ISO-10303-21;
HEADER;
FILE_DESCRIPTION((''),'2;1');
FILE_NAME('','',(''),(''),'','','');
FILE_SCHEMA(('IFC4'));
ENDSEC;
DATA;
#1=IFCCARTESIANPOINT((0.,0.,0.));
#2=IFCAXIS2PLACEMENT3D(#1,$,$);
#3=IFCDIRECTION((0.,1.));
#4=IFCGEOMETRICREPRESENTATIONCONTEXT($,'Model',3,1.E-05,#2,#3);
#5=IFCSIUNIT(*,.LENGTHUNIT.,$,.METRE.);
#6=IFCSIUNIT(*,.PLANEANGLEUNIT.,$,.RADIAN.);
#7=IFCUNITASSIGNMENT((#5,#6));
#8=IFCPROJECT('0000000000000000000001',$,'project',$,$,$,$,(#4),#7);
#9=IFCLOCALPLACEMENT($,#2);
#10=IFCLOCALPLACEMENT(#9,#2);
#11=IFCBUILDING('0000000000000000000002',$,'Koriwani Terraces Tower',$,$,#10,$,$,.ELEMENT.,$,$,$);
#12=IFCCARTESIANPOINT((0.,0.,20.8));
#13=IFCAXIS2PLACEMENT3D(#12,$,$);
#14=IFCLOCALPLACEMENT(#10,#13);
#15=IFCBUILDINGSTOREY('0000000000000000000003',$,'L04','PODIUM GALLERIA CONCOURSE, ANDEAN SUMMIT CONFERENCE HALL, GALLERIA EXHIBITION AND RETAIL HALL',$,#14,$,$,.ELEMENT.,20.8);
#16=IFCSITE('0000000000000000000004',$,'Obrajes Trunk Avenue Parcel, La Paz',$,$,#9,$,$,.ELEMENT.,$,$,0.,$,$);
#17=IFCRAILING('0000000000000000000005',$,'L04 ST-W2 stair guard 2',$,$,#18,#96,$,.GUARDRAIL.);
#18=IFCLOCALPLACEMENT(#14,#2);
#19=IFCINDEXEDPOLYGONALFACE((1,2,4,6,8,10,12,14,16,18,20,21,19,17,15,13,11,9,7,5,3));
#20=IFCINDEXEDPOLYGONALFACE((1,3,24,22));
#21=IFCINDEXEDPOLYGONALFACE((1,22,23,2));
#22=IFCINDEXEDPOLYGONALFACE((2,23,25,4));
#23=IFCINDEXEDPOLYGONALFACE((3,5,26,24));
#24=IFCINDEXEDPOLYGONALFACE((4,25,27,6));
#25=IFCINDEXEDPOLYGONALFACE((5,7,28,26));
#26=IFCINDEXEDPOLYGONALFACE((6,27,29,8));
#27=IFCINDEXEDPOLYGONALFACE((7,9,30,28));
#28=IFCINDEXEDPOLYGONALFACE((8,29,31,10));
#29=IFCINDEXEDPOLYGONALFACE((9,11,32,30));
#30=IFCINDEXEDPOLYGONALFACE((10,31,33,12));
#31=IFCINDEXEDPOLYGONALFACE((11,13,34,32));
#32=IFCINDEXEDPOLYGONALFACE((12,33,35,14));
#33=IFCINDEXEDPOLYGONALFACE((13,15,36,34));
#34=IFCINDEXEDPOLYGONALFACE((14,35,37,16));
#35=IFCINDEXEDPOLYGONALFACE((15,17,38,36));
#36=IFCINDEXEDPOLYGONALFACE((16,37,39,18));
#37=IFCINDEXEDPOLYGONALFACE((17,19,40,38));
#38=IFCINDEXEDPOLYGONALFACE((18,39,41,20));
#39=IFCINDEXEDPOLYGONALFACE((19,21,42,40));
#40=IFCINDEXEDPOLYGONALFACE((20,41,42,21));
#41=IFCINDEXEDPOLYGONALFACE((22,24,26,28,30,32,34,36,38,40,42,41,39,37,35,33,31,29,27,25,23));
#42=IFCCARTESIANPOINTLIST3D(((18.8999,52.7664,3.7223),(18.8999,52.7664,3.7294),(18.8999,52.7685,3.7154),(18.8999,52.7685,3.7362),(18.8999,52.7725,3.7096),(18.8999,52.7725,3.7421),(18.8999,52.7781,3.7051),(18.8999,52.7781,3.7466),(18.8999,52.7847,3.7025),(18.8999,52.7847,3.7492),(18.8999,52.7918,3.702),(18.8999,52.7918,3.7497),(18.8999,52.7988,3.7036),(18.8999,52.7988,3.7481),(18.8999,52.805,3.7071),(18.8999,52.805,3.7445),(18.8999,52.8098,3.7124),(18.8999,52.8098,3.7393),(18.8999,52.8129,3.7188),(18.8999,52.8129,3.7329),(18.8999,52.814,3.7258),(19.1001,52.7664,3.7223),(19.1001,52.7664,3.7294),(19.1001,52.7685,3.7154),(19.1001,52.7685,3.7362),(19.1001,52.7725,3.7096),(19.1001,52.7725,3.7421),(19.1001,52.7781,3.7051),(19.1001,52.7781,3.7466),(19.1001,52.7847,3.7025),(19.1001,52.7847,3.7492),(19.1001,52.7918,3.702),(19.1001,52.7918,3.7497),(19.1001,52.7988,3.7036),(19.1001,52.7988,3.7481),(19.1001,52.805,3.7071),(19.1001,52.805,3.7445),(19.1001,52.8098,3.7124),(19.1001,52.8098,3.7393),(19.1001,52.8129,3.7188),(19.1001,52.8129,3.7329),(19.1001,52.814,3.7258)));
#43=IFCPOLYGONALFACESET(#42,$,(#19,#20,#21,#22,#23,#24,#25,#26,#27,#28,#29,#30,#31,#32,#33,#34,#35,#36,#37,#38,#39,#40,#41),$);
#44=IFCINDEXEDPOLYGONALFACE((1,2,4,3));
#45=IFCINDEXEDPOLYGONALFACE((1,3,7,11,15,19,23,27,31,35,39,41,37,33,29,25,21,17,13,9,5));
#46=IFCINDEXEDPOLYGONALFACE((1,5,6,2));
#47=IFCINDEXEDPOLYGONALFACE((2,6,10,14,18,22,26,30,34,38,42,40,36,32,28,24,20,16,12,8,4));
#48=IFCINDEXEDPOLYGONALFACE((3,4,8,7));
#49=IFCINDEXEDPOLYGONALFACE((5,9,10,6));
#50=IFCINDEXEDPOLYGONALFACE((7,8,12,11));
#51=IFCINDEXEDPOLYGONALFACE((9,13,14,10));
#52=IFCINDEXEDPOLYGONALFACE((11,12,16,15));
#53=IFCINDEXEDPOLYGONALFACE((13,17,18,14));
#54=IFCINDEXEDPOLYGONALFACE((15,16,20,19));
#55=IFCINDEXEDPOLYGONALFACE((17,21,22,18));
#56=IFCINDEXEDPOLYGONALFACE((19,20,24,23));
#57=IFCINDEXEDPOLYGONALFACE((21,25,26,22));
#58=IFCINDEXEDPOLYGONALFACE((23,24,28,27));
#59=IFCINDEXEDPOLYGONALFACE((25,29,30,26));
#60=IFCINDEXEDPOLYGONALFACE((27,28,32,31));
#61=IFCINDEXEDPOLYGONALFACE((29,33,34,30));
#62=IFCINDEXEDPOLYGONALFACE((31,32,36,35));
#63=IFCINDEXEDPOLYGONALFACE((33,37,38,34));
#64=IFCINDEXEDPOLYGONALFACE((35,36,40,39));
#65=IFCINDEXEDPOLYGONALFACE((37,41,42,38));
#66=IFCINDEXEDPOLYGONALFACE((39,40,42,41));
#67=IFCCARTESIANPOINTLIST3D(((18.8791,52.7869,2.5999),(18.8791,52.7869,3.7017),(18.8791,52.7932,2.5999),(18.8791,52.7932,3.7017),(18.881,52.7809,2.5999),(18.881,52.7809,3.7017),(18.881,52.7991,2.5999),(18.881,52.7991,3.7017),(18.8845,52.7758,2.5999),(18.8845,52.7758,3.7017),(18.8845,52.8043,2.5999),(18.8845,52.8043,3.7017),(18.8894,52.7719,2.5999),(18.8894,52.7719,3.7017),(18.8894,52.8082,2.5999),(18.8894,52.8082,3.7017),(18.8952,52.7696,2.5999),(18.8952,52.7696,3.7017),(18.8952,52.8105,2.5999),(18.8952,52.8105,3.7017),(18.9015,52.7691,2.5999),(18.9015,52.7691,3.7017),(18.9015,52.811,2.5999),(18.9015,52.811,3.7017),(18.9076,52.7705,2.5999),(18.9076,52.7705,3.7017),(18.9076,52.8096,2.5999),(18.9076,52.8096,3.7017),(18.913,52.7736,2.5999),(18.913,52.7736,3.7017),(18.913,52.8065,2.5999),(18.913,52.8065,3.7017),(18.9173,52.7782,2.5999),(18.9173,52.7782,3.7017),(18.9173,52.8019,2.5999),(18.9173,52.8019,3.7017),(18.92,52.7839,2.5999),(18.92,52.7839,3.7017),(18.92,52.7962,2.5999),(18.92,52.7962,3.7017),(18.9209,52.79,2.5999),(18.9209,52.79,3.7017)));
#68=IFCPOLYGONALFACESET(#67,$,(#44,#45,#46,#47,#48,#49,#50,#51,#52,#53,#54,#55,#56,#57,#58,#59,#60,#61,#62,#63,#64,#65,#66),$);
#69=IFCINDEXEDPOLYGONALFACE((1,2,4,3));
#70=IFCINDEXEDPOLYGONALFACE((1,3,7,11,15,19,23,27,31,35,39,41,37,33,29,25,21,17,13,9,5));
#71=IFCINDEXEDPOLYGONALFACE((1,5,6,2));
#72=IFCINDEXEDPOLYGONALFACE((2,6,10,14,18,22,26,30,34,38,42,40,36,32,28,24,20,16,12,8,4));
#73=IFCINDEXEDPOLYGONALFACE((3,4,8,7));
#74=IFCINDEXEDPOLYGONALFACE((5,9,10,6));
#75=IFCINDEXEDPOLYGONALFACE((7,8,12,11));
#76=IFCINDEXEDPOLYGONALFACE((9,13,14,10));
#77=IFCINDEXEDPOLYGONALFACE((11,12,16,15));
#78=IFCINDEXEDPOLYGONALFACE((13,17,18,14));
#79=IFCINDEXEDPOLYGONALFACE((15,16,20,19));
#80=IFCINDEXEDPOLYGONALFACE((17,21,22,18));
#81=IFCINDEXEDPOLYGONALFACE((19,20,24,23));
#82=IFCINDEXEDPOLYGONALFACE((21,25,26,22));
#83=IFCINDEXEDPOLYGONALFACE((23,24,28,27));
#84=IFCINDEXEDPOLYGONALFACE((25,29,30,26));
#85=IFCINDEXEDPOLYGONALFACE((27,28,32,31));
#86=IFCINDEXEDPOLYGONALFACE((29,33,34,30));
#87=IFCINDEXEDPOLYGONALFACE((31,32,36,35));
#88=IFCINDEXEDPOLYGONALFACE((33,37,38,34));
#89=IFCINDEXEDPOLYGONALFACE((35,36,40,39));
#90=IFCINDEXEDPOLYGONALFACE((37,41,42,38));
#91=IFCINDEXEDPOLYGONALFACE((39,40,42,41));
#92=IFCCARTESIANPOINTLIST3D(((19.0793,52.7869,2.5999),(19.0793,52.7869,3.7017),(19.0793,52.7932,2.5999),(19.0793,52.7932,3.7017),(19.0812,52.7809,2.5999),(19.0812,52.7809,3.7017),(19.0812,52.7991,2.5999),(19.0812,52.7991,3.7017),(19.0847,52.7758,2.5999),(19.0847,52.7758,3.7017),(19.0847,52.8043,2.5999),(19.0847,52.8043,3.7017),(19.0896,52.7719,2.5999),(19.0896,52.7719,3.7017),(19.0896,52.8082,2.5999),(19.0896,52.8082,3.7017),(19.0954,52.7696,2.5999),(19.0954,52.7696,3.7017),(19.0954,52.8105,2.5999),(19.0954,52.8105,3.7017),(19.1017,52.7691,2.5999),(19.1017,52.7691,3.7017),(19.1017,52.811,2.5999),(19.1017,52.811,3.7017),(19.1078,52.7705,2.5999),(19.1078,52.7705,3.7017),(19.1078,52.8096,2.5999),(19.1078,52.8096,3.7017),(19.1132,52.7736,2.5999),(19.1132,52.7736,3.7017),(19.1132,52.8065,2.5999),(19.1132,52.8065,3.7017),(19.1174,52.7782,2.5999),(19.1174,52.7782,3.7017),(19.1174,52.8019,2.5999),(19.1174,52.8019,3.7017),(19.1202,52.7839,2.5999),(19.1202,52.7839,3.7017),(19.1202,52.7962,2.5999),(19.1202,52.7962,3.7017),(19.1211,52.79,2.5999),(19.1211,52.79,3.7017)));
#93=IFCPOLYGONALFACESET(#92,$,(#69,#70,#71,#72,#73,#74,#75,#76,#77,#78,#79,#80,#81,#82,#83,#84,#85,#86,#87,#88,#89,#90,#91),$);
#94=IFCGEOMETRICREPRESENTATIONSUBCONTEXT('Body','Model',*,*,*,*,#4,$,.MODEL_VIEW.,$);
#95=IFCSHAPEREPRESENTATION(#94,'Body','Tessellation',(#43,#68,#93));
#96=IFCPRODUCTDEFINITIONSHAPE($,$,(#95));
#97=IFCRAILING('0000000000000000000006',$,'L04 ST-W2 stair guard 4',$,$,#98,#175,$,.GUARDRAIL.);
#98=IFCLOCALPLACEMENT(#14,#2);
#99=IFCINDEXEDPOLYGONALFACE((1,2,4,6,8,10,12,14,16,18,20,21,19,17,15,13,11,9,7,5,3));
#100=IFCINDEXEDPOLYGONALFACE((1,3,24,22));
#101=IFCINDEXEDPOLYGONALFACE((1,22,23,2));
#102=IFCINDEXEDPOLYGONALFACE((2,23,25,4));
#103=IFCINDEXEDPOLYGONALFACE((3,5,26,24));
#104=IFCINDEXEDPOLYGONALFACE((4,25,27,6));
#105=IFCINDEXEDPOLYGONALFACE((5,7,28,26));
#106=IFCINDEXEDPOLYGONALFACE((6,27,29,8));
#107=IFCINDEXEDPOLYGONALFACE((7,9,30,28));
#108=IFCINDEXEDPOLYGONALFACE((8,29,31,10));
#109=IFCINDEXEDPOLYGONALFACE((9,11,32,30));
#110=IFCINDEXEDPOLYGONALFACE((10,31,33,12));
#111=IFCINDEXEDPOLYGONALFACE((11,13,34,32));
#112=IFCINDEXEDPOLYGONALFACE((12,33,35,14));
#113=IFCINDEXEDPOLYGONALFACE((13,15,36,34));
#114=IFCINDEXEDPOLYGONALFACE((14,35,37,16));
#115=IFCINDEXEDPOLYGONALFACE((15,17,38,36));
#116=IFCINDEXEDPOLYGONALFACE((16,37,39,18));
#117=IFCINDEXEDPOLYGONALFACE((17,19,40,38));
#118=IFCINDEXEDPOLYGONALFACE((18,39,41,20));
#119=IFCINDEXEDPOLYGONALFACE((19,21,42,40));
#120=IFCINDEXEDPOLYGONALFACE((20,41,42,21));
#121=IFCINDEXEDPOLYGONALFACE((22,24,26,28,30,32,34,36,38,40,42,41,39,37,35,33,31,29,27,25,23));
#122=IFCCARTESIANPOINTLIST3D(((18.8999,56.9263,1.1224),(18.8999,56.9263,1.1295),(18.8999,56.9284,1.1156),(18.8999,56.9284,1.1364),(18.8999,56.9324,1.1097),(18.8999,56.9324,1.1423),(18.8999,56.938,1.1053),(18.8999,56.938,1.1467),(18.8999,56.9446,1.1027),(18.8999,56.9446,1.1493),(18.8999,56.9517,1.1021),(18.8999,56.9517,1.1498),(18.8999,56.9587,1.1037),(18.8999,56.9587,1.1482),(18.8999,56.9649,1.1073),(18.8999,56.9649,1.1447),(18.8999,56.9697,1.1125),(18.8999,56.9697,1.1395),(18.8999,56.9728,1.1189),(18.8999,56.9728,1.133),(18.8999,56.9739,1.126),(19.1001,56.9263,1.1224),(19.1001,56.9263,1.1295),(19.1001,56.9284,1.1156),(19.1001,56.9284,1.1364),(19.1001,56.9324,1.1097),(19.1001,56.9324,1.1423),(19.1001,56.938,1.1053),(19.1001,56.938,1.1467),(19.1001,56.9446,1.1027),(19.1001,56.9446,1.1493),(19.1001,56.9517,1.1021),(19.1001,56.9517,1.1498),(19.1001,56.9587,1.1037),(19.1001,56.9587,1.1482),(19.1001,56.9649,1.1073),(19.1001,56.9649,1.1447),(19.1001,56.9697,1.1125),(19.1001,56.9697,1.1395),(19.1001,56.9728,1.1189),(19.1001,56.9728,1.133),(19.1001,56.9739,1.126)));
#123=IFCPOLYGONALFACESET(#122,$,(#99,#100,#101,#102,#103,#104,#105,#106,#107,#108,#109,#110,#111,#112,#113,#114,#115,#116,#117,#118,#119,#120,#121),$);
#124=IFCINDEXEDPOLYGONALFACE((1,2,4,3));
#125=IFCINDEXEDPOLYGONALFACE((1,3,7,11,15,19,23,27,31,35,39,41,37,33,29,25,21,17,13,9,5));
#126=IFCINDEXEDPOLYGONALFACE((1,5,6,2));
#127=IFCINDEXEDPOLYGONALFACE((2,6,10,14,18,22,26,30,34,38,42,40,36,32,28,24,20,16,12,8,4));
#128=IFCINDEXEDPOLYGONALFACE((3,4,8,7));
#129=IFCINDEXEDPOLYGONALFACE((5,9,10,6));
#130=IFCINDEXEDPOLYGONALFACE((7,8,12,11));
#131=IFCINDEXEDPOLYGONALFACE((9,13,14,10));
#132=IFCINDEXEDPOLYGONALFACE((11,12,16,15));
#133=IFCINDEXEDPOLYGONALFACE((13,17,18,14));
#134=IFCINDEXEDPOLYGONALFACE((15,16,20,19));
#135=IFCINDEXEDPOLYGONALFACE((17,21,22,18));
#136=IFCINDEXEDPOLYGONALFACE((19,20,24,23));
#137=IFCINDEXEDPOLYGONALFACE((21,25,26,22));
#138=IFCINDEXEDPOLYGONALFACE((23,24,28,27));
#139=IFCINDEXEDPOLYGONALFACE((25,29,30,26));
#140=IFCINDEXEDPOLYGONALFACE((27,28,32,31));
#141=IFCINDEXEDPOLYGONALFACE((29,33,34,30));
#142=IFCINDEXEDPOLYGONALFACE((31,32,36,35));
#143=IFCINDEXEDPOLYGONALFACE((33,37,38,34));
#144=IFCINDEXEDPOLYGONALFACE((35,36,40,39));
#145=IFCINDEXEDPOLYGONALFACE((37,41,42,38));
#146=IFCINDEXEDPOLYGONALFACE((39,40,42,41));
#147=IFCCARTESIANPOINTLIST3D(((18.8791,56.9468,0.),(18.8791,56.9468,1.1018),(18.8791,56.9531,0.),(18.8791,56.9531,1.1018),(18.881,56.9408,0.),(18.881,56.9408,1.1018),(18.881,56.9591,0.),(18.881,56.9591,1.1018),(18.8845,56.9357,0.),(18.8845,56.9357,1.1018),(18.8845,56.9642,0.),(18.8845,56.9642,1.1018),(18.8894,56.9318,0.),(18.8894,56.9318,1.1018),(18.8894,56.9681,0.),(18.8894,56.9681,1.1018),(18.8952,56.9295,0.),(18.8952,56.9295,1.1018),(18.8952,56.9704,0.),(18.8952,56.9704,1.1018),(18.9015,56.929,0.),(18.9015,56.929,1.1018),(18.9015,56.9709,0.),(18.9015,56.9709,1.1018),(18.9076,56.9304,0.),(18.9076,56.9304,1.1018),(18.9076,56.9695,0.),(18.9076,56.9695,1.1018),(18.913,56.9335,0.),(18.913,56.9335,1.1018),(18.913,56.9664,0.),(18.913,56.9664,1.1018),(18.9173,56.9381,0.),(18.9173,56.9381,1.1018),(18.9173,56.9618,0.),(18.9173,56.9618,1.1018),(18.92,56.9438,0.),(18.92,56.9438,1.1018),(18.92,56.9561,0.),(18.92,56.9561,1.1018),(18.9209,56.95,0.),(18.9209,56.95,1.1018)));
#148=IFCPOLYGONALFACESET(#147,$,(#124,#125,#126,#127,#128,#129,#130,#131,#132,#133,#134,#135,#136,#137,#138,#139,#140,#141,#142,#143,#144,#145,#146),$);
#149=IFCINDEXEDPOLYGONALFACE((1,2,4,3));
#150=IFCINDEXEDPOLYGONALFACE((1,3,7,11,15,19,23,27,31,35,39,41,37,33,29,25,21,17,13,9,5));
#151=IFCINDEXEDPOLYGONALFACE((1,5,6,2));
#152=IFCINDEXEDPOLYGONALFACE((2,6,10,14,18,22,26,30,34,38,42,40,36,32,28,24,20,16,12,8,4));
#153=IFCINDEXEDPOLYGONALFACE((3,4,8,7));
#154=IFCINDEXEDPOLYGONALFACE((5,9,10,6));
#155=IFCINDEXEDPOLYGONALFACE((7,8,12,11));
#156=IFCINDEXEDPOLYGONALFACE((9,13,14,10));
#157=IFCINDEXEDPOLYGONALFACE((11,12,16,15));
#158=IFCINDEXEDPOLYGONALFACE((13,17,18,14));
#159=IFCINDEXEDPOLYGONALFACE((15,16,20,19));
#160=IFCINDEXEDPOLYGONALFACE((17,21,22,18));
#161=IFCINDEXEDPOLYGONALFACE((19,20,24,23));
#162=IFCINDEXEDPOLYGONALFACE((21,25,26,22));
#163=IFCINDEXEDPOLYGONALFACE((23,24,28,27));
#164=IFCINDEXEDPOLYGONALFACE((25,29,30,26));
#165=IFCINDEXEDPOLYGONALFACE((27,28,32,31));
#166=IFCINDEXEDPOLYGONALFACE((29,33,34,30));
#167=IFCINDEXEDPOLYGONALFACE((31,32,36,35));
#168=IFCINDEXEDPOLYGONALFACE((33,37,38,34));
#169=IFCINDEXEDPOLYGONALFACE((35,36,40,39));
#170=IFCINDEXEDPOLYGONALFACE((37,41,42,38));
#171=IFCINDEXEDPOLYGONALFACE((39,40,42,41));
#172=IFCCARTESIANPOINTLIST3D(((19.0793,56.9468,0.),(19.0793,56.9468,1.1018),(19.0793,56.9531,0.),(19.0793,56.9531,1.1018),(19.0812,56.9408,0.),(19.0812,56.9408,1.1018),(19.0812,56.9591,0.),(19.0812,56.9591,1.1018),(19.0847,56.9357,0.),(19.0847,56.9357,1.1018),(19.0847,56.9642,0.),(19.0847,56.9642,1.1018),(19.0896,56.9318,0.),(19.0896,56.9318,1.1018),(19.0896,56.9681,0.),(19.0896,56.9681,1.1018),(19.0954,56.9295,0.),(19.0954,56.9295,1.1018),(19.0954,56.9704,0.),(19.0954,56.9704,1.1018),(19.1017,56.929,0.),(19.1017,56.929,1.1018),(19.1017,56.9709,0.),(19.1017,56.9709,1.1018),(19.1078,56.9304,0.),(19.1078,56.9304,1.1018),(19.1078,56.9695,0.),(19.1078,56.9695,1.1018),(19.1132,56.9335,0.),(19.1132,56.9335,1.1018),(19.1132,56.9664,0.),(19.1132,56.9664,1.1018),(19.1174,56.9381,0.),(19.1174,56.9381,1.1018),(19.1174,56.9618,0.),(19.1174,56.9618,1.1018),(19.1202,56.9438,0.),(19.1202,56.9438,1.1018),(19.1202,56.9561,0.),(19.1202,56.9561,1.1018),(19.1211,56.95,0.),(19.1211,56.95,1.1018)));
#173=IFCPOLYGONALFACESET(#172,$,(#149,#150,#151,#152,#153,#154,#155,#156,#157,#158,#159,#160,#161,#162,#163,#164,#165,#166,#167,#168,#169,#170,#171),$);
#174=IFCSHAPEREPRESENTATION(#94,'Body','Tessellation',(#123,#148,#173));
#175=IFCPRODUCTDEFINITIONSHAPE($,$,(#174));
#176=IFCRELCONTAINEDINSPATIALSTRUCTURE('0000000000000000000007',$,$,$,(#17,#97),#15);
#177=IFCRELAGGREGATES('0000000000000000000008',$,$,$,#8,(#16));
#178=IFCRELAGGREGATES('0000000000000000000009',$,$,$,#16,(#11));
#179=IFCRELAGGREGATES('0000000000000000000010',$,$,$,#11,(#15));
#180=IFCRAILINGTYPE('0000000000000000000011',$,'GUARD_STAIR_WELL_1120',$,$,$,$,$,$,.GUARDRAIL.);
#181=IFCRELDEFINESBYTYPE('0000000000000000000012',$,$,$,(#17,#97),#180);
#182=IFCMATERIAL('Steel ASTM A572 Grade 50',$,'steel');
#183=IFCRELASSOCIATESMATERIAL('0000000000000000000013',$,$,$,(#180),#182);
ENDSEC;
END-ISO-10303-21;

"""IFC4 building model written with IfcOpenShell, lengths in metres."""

from ifc_helpers import new_model, si_unit, direction, frame, origin, origin_2d, place, context, subcontext, project, spatial, circle, extrude, material, type_object, element, save


model = new_model("IFC4")

# Units and contexts
model_context = context("Model", 3, precision=1e-05, world=origin(), true_north=direction((0.0, 1.0)))
body_context = subcontext(model_context, "Body", "Model", "MODEL_VIEW")
ifc_project = project(units=[si_unit("LENGTHUNIT", "METRE"), si_unit("PLANEANGLEUNIT", "RADIAN")], contexts=[model_context])

# Site, building, storey
site_placement = place(None, origin())
site = spatial("IfcSite", under=ifc_project, at=site_placement, Name="Obrajes Trunk Avenue Parcel, La Paz", CompositionType="ELEMENT", RefElevation=0.0)
building_placement = place(site_placement, origin())
building = spatial("IfcBuilding", under=site, at=building_placement, Name="Koriwani Terraces Tower", CompositionType="ELEMENT")
storey_placement = place(building_placement, frame((0.0, 0.0, 20.8)))
storey = spatial("IfcBuildingStorey", under=building, at=storey_placement, Name="L04", Description="PODIUM GALLERIA CONCOURSE, ANDEAN SUMMIT CONFERENCE HALL, GALLERIA EXHIBITION AND RETAIL HALL", CompositionType="ELEMENT", Elevation=20.8)

# Shared definitions
ifc_material_1 = material(Name="Steel ASTM A572 Grade 50", Category="steel")

# Railings
railing_type_1 = type_object("IfcRailingType", Name="GUARD_STAIR_WELL_1120", PredefinedType="GUARDRAIL", material=ifc_material_1)
for number, where, name in (
    (1, (18.8999, 52.79, 2.5999), "L04 ST-W2 stair guard 2"),
    (2, (18.8999, 56.95, 0.0), "L04 ST-W2 stair guard 4"),
):
    element("IfcRailing", number, at=place(storey_placement, frame(where)), inside=storey, type_object=railing_type_1, Name=name, PredefinedType="GUARDRAIL", context=body_context, shape_type="SweptSolid", body=[
        extrude(circle(Radius=0.0239, at=origin_2d()), frame((0.0, 0.0, 1.126), z_axis=(1.0, 0.0, 0.0), x_axis=(0.0, 1.0, 0.0)), (0.0, 0.0, 1.0), 0.2002),
        extrude(circle(Radius=0.021, at=origin_2d()), origin(), (0.0, 0.0, 1.0), 1.1018),
        extrude(circle(Radius=0.021, at=origin_2d()), frame((0.2002, 0.0, 0.0)), (0.0, 0.0, 1.0), 1.1018),
    ])

save(model, "model.ifc")
